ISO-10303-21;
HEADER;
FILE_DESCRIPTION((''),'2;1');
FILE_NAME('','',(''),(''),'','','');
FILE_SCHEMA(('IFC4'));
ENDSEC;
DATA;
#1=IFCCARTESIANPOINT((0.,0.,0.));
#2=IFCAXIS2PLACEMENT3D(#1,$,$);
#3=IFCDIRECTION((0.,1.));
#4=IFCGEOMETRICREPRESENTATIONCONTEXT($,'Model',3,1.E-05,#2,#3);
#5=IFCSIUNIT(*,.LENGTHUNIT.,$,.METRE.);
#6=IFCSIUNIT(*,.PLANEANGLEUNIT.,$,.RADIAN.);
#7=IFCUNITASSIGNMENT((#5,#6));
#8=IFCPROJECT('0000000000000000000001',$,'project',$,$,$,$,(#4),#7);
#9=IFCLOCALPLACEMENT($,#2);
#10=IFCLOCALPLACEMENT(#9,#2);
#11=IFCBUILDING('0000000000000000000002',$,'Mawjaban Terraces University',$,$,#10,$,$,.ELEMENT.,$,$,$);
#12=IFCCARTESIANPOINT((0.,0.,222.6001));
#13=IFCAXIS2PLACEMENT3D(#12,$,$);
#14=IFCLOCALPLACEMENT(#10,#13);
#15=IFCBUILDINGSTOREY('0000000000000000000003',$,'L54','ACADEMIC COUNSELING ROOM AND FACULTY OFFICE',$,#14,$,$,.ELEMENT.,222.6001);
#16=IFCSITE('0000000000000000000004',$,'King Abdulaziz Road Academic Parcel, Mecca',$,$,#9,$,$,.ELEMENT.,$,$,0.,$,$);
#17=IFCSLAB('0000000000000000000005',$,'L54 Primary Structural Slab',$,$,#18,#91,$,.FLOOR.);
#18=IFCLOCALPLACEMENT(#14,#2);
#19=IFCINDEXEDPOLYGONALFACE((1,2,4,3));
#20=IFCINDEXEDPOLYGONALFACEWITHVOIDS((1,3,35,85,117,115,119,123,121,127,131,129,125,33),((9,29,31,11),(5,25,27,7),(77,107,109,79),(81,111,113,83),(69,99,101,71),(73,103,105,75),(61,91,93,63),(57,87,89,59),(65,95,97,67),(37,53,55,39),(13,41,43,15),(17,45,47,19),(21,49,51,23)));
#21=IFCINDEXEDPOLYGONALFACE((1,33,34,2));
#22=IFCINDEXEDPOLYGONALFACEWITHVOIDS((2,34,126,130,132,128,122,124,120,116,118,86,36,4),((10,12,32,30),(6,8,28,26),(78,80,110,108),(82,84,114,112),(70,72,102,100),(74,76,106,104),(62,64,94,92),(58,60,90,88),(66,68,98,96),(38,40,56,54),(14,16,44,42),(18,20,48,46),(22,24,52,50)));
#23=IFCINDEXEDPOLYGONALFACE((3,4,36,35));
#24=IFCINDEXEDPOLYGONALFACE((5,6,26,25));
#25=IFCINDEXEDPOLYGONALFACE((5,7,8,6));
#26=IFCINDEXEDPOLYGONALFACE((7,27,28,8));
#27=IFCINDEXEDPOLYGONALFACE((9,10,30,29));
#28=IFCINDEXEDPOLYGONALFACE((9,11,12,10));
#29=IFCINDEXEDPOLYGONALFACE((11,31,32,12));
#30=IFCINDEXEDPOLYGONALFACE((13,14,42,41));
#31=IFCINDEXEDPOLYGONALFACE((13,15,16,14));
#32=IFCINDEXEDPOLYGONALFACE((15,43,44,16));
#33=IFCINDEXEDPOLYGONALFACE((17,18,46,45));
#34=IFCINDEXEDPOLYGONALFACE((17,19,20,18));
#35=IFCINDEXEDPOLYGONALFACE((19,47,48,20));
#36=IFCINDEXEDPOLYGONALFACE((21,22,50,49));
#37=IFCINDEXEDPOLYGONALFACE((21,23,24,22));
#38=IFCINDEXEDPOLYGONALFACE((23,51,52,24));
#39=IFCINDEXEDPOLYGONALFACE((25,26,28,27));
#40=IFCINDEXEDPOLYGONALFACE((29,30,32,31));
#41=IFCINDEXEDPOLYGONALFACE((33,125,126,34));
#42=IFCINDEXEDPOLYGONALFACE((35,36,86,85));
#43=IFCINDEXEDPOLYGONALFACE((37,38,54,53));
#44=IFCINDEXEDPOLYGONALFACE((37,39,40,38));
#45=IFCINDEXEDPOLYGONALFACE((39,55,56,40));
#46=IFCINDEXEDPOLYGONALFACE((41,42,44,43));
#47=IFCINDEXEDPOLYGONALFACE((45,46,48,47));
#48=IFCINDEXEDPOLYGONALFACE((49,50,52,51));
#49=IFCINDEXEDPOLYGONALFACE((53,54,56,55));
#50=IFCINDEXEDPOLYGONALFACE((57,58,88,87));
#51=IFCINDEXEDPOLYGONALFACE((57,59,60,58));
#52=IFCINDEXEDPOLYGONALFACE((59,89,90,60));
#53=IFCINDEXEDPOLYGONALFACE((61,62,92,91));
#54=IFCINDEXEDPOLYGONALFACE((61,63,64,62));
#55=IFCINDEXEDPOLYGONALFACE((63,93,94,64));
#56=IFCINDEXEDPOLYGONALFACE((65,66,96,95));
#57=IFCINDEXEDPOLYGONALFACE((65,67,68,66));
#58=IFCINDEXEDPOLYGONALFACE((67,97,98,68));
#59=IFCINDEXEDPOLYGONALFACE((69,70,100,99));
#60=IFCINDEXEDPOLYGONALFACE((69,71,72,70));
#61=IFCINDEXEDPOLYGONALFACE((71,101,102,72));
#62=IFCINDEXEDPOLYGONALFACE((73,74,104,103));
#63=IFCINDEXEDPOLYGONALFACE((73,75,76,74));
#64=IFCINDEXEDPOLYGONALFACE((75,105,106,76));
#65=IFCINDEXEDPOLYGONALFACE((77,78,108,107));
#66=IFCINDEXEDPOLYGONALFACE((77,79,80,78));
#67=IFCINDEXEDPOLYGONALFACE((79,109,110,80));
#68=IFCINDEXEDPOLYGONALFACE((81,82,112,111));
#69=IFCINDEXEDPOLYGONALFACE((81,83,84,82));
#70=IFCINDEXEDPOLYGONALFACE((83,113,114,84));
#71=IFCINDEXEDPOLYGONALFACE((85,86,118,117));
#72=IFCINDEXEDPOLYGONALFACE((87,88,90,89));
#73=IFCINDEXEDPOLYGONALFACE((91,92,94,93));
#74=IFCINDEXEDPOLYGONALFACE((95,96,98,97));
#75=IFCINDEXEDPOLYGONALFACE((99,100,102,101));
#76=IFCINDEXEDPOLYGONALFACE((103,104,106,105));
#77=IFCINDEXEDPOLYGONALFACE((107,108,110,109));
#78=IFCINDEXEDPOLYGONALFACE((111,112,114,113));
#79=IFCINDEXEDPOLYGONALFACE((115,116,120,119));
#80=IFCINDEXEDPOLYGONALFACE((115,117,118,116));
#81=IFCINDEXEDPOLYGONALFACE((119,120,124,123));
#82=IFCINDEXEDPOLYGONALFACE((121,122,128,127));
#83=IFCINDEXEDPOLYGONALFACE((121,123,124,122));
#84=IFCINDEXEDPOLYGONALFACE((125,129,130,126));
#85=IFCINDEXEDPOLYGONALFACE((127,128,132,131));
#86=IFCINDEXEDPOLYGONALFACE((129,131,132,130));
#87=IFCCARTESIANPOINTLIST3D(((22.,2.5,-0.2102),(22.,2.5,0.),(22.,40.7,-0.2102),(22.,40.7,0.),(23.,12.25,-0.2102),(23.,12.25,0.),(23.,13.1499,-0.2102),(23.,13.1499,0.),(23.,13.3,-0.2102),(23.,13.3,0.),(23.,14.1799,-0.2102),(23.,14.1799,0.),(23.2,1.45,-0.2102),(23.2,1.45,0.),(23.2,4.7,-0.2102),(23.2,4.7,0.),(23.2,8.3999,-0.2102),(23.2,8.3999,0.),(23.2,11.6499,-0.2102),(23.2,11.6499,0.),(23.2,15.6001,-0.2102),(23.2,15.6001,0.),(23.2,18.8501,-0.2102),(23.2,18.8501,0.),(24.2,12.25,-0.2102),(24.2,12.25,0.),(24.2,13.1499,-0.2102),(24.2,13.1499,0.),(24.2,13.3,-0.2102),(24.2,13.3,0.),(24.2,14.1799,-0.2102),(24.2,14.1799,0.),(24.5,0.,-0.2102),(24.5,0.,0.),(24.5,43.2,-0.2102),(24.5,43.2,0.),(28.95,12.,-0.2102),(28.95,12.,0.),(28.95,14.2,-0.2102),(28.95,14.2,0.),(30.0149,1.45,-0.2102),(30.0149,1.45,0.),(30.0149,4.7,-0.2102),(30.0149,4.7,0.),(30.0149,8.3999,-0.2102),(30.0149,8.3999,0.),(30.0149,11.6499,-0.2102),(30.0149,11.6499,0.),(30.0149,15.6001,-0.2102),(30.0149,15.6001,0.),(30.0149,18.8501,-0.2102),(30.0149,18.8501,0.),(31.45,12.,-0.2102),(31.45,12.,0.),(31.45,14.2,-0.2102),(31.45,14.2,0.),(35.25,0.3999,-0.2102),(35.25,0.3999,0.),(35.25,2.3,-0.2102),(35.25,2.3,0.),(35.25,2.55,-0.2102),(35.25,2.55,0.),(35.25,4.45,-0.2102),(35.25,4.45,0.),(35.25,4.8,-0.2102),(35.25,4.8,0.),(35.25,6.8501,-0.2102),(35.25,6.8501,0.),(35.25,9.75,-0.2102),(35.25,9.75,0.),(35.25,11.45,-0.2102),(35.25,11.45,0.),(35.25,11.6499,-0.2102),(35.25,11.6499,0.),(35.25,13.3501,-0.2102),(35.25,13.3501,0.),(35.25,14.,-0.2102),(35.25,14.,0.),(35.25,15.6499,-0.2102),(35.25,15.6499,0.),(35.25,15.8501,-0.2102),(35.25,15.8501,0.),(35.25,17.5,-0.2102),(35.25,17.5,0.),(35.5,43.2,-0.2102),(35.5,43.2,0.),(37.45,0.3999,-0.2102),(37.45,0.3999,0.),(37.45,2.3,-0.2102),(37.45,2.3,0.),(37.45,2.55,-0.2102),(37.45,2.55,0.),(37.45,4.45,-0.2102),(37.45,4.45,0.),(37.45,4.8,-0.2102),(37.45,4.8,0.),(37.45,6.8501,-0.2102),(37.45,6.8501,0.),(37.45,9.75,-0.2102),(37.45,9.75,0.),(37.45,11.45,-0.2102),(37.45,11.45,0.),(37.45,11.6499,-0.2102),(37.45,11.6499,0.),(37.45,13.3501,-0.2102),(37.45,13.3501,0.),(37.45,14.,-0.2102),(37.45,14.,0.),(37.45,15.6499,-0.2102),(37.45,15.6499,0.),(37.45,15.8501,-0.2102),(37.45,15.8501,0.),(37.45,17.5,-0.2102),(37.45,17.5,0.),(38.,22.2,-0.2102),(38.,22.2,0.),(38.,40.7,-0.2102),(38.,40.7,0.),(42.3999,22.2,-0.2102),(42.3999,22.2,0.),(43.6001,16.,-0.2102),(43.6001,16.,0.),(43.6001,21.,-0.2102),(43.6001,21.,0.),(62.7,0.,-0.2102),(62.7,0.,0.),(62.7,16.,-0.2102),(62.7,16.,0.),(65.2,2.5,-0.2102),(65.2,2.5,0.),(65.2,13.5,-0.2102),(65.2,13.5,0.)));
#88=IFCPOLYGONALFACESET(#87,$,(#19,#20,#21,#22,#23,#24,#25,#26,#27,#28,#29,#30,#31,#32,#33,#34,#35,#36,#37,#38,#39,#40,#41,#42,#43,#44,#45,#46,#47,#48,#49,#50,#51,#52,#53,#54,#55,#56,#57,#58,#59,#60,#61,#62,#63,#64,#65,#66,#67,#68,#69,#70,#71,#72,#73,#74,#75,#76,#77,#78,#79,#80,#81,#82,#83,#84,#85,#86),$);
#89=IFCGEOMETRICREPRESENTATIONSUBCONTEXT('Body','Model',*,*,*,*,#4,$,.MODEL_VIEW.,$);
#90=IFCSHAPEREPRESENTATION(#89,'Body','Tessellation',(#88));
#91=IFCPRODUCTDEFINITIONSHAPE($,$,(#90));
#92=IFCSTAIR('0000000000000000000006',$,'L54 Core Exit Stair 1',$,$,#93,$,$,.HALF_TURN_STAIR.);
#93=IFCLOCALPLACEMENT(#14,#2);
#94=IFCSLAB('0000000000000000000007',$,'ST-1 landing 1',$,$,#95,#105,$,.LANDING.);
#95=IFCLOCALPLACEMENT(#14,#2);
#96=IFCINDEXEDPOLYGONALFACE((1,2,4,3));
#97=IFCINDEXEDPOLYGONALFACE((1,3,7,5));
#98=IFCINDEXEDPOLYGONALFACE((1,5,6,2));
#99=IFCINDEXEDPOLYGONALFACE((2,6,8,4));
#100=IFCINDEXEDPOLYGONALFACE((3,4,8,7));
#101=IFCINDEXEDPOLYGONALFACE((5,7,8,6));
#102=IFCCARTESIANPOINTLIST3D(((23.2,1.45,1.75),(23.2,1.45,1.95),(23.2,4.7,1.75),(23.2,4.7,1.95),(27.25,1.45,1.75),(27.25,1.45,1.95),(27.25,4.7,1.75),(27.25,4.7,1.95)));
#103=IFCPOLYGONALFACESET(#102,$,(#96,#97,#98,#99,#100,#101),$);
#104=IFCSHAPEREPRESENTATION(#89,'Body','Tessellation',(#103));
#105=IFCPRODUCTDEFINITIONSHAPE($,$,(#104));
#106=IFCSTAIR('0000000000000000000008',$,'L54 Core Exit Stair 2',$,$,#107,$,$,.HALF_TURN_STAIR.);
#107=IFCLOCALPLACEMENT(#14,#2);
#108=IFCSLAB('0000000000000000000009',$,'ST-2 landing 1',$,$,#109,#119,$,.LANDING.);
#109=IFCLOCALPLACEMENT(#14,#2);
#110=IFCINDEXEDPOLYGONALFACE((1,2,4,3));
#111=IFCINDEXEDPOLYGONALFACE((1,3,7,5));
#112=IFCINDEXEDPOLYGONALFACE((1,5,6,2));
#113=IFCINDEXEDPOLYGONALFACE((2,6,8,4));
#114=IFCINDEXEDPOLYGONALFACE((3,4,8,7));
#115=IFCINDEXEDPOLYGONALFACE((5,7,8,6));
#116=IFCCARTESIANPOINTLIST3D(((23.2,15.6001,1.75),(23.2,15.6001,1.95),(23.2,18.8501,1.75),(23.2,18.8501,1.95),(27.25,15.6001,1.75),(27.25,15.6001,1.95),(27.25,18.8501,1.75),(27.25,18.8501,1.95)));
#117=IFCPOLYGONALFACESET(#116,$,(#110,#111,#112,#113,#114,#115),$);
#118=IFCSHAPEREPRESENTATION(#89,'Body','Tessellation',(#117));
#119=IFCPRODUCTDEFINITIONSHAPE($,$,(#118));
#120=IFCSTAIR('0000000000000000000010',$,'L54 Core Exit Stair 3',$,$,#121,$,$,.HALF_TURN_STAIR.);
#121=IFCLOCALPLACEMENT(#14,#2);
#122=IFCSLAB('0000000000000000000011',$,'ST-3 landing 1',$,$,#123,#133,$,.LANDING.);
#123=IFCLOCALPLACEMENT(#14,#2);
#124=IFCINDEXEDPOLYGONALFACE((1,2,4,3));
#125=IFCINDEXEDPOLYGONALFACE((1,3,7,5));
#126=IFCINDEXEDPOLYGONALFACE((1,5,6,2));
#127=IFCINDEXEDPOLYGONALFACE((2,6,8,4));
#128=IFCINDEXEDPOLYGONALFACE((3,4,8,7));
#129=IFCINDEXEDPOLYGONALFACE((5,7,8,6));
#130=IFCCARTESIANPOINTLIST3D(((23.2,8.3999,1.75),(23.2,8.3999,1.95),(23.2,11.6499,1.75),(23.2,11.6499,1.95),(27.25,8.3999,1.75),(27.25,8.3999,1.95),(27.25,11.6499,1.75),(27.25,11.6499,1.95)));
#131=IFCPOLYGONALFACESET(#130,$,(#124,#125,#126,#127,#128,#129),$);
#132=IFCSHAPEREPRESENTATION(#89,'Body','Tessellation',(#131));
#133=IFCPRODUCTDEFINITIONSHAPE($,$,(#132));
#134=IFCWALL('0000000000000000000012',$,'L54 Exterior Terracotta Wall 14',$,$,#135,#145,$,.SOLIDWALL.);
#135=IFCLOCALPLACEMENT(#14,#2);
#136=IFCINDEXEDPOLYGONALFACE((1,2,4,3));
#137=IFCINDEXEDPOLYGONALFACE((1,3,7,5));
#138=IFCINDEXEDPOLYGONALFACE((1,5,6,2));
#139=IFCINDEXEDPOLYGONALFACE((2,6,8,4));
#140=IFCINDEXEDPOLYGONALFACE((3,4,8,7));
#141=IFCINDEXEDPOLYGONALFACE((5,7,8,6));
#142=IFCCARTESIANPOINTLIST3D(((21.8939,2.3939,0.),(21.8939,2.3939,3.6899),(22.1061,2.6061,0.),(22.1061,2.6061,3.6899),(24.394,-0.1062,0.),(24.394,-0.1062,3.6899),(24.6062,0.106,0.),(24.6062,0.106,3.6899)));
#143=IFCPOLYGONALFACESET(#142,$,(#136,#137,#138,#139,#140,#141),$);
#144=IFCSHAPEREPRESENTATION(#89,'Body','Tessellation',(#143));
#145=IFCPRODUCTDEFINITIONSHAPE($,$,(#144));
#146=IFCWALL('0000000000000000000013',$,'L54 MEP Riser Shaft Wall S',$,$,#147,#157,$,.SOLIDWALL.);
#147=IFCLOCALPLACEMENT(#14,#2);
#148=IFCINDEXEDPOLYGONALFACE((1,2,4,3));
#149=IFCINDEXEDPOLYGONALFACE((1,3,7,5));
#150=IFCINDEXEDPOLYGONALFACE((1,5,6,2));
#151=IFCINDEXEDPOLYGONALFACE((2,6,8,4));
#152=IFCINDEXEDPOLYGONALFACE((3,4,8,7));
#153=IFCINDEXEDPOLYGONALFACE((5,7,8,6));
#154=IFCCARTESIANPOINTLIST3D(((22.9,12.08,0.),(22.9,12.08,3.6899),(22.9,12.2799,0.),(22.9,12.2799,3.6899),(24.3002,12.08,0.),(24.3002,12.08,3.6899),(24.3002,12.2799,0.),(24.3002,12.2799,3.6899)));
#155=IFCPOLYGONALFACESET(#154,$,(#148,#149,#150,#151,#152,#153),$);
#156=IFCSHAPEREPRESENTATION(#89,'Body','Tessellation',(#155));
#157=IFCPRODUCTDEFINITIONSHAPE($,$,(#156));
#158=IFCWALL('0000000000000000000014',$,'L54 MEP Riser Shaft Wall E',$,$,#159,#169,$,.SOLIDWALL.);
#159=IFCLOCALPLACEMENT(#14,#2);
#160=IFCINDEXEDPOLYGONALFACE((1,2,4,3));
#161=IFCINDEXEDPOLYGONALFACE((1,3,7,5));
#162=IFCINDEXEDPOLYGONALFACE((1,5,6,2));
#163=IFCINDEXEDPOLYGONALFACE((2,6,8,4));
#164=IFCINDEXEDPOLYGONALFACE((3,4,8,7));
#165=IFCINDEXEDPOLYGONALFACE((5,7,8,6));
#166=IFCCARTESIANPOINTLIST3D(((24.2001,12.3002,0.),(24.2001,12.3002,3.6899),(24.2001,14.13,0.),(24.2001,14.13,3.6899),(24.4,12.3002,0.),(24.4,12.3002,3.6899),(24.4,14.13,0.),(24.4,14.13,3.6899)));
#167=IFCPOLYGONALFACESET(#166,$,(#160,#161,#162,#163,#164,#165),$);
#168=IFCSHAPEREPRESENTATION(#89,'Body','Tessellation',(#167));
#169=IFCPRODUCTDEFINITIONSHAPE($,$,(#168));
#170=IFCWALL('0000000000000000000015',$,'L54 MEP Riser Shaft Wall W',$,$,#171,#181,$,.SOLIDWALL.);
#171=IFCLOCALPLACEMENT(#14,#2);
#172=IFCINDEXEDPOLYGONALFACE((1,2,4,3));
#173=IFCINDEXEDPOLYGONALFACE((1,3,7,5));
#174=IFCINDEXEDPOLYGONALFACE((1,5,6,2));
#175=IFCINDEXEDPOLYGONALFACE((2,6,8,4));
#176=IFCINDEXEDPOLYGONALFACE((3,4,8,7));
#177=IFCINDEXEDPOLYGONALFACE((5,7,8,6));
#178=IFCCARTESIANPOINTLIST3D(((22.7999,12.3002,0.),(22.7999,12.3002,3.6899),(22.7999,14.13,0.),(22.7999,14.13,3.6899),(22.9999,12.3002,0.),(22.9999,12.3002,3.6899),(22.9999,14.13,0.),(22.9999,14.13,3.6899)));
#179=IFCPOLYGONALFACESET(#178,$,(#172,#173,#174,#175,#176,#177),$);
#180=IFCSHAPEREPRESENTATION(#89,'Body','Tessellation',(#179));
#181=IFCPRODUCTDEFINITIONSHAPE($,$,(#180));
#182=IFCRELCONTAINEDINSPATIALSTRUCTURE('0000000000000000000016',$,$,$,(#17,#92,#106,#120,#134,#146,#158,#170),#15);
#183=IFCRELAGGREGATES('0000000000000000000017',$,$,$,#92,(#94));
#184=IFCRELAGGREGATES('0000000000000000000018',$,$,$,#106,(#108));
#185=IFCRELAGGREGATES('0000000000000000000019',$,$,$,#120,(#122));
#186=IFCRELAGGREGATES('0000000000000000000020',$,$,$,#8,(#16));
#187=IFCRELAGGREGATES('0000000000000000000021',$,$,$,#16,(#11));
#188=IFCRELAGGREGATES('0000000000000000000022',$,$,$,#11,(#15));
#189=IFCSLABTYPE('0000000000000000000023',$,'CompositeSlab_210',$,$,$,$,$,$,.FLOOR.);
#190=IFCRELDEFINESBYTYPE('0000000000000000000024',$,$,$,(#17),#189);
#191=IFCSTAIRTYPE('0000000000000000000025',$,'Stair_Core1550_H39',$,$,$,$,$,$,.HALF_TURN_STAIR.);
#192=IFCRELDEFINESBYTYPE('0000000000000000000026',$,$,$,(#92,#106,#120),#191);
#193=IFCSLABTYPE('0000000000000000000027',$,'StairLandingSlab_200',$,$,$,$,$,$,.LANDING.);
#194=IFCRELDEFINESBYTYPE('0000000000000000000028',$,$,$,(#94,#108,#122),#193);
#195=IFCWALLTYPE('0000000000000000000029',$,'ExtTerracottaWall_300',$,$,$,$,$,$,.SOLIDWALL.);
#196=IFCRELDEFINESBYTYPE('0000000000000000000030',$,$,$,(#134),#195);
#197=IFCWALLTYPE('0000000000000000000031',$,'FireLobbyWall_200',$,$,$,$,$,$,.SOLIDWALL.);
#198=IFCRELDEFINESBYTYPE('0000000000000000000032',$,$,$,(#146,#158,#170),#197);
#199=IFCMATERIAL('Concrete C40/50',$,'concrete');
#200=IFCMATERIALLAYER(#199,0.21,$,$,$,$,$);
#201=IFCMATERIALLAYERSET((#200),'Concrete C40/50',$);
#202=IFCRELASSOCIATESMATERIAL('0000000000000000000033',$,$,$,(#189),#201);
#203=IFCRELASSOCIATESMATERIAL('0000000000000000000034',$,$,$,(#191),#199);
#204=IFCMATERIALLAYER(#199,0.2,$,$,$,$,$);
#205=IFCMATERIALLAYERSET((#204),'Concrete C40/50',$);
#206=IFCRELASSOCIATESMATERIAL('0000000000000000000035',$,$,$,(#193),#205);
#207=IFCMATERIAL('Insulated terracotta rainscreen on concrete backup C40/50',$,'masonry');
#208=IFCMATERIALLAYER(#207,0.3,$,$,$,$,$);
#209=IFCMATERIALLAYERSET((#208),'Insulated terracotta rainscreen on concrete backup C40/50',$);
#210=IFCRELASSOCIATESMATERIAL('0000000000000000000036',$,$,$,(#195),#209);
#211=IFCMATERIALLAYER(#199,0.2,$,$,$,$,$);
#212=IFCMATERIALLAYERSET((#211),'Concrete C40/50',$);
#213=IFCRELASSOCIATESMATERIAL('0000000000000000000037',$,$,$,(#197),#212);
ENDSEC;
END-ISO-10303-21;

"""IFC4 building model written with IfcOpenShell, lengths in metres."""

from ifc_helpers import new_model, si_unit, direction, frame, frame_2d, origin, place, context, subcontext, project, spatial, polyline, rectangle, outline, extrude, material, layer, layer_set, type_object, element, aggregate, save


model = new_model("IFC4")

# Units and contexts
model_context = context("Model", 3, precision=1e-05, world=origin(), true_north=direction((0.0, 1.0)))
body_context = subcontext(model_context, "Body", "Model", "MODEL_VIEW")
ifc_project = project(units=[si_unit("LENGTHUNIT", "METRE"), si_unit("PLANEANGLEUNIT", "RADIAN")], contexts=[model_context])

# Site, building, storey
site_placement = place(None, origin())
site = spatial("IfcSite", under=ifc_project, at=site_placement, Name="King Abdulaziz Road Academic Parcel, Mecca", CompositionType="ELEMENT", RefElevation=0.0)
building_placement = place(site_placement, origin())
building = spatial("IfcBuilding", under=site, at=building_placement, Name="Mawjaban Terraces University", CompositionType="ELEMENT")
storey_placement = place(building_placement, frame((0.0, 0.0, 222.6001)))
storey = spatial("IfcBuildingStorey", under=building, at=storey_placement, Name="L54", Description="ACADEMIC COUNSELING ROOM AND FACULTY OFFICE", CompositionType="ELEMENT", Elevation=222.6001)

# Slab
ifc_material_1 = material(Name="Concrete C40/50", Category="concrete")
ifc_layer_1 = layer(ifc_material_1, 0.21)
ifc_layer_set_1 = layer_set([ifc_layer_1], Name="Concrete C40/50")
slab_type_1 = type_object("IfcSlabType", Name="CompositeSlab_210", PredefinedType="FLOOR", material=ifc_layer_set_1)
slab_1_placement = place(storey_placement, frame((0.0, 0.0, -0.2102)))
element("IfcSlab", 1, at=slab_1_placement, inside=storey, type_object=slab_type_1, Name="L54 Primary Structural Slab", PredefinedType="FLOOR", context=body_context, shape_type="SweptSolid", body=[
    extrude(outline(polyline([(24.5, 0.0), (62.7, 0.0), (65.2, 2.5), (65.2, 13.5), (62.7, 16.0), (43.6001, 16.0), (43.6001, 21.0), (42.3999, 22.2), (38.0, 22.2), (38.0, 40.7), (35.5, 43.2), (24.5, 43.2), (22.0, 40.7), (22.0, 2.5), (24.5, 0.0)]), holes=[polyline([(30.0149, 4.7), (23.2, 4.7), (23.2, 1.45), (30.0149, 1.45), (30.0149, 4.7)]), polyline([(30.0149, 18.8501), (23.2, 18.8501), (23.2, 15.6001), (30.0149, 15.6001), (30.0149, 18.8501)]), polyline([(30.0149, 11.6499), (23.2, 11.6499), (23.2, 8.3999), (30.0149, 8.3999), (30.0149, 11.6499)]), polyline([(35.25, 0.3999), (37.45, 0.3999), (37.45, 2.3), (35.25, 2.3), (35.25, 0.3999)]), polyline([(35.25, 2.55), (37.45, 2.55), (37.45, 4.45), (35.25, 4.45), (35.25, 2.55)]), polyline([(35.25, 4.8), (37.45, 4.8), (37.45, 6.8501), (35.25, 6.8501), (35.25, 4.8)]), polyline([(35.25, 9.75), (37.45, 9.75), (37.45, 11.45), (35.25, 11.45), (35.25, 9.75)]), polyline([(35.25, 11.6499), (37.45, 11.6499), (37.45, 13.3501), (35.25, 13.3501), (35.25, 11.6499)]), polyline([(28.95, 12.0), (31.45, 12.0), (31.45, 14.2), (28.95, 14.2), (28.95, 12.0)]), polyline([(35.25, 14.0), (37.45, 14.0), (37.45, 15.6499), (35.25, 15.6499), (35.25, 14.0)]), polyline([(35.25, 15.8501), (37.45, 15.8501), (37.45, 17.5), (35.25, 17.5), (35.25, 15.8501)]), polyline([(23.0, 12.25), (24.2, 12.25), (24.2, 13.1499), (23.0, 13.1499), (23.0, 12.25)]), polyline([(23.0, 13.3), (24.2, 13.3), (24.2, 14.1799), (23.0, 14.1799), (23.0, 13.3)])]), origin(), (0.0, 0.0, 1.0), 0.2102),
])

# Stairs, slabs
stair_type = type_object("IfcStairType", Name="Stair_Core1550_H39", PredefinedType="HALF_TURN_STAIR", material=ifc_material_1)
stair_1_placement = place(storey_placement, origin())
stair_1 = element("IfcStair", 2, at=stair_1_placement, inside=storey, type_object=stair_type, Name="L54 Core Exit Stair 1", PredefinedType="HALF_TURN_STAIR")
ifc_layer_2 = layer(ifc_material_1, 0.2)
ifc_layer_set_2 = layer_set([ifc_layer_2], Name="Concrete C40/50")
slab_type_2 = type_object("IfcSlabType", Name="StairLandingSlab_200", PredefinedType="LANDING", material=ifc_layer_set_2)
slab_2_placement = place(storey_placement, frame((0.0, 0.0, 1.75)))
slab_2 = element("IfcSlab", 3, at=slab_2_placement, type_object=slab_type_2, Name="ST-1 landing 1", PredefinedType="LANDING", context=body_context, shape_type="SweptSolid", body=[
    extrude(outline(polyline([(27.25, 4.7), (23.2, 4.7), (23.2, 1.45), (27.25, 1.45), (27.25, 4.7)])), origin(), (0.0, 0.0, 1.0), 0.2),
])
aggregate(stair_1, [slab_2])
stair_2_placement = place(storey_placement, origin())
stair_2 = element("IfcStair", 4, at=stair_2_placement, inside=storey, type_object=stair_type, Name="L54 Core Exit Stair 2", PredefinedType="HALF_TURN_STAIR")
slab_3_placement = place(storey_placement, frame((0.0, 0.0, 1.75)))
slab_3 = element("IfcSlab", 5, at=slab_3_placement, type_object=slab_type_2, Name="ST-2 landing 1", PredefinedType="LANDING", context=body_context, shape_type="SweptSolid", body=[
    extrude(outline(polyline([(27.25, 18.8501), (23.2, 18.8501), (23.2, 15.6001), (27.25, 15.6001), (27.25, 18.8501)])), origin(), (0.0, 0.0, 1.0), 0.2),
])
aggregate(stair_2, [slab_3])
stair_3_placement = place(storey_placement, origin())
stair_3 = element("IfcStair", 6, at=stair_3_placement, inside=storey, type_object=stair_type, Name="L54 Core Exit Stair 3", PredefinedType="HALF_TURN_STAIR")
slab_4_placement = place(storey_placement, frame((0.0, 0.0, 1.75)))
slab_4 = element("IfcSlab", 7, at=slab_4_placement, type_object=slab_type_2, Name="ST-3 landing 1", PredefinedType="LANDING", context=body_context, shape_type="SweptSolid", body=[
    extrude(outline(polyline([(27.25, 11.6499), (23.2, 11.6499), (23.2, 8.3999), (27.25, 8.3999), (27.25, 11.6499)])), origin(), (0.0, 0.0, 1.0), 0.2),
])
aggregate(stair_3, [slab_4])

# Walls
ifc_material_2 = material(Name="Insulated terracotta rainscreen on concrete backup C40/50", Category="masonry")
ifc_layer_3 = layer(ifc_material_2, 0.3)
ifc_layer_set_3 = layer_set([ifc_layer_3], Name="Insulated terracotta rainscreen on concrete backup C40/50")
wall_type_1 = type_object("IfcWallType", Name="ExtTerracottaWall_300", PredefinedType="SOLIDWALL", material=ifc_layer_set_3)
wall_1_placement = place(storey_placement, frame((22.0, 2.5, 0.0), z_axis=(0.0, 0.0, 1.0), x_axis=(0.707107, -0.707107, 0.0)))
element("IfcWall", 8, at=wall_1_placement, inside=storey, type_object=wall_type_1, Name="L54 Exterior Terracotta Wall 14", PredefinedType="SOLIDWALL", context=body_context, shape_type="SweptSolid", body=[
    extrude(rectangle(XDim=3.5356, YDim=0.3, at=frame_2d((1.7678, 0.0))), origin(), (0.0, 0.0, 1.0), 3.6899),
])
ifc_layer_4 = layer(ifc_material_1, 0.2)
ifc_layer_set_4 = layer_set([ifc_layer_4], Name="Concrete C40/50")
wall_type_2 = type_object("IfcWallType", Name="FireLobbyWall_200", PredefinedType="SOLIDWALL", material=ifc_layer_set_4)
wall_2_placement = place(storey_placement, frame((22.8999, 12.1799, 0.0), z_axis=(0.0, 0.0, 1.0), x_axis=(1.0, 0.0, 0.0)))
element("IfcWall", 9, at=wall_2_placement, inside=storey, type_object=wall_type_2, Name="L54 MEP Riser Shaft Wall S", PredefinedType="SOLIDWALL", context=body_context, shape_type="SweptSolid", body=[
    extrude(rectangle(XDim=1.4001, YDim=0.2, at=frame_2d((0.7002, 0.0))), origin(), (0.0, 0.0, 1.0), 3.6899),
])
for number, where, z_axis, x_axis, name in (
    (10, (24.3, 12.3, 0.0), (0.0, 0.0, 1.0), (0.0, 1.0, 0.0), "L54 MEP Riser Shaft Wall E"),
    (11, (22.8999, 12.3, 0.0), (0.0, 0.0, 1.0), (0.0, 1.0, 0.0), "L54 MEP Riser Shaft Wall W"),
):
    element("IfcWall", number, at=place(storey_placement, frame(where, z_axis=z_axis, x_axis=x_axis)), inside=storey, type_object=wall_type_2, Name=name, PredefinedType="SOLIDWALL", context=body_context, shape_type="SweptSolid", body=[
        extrude(rectangle(XDim=1.8298, YDim=0.2, at=frame_2d((0.915, 0.0))), origin(), (0.0, 0.0, 1.0), 3.6899),
    ])

save(model, "model.ifc")
